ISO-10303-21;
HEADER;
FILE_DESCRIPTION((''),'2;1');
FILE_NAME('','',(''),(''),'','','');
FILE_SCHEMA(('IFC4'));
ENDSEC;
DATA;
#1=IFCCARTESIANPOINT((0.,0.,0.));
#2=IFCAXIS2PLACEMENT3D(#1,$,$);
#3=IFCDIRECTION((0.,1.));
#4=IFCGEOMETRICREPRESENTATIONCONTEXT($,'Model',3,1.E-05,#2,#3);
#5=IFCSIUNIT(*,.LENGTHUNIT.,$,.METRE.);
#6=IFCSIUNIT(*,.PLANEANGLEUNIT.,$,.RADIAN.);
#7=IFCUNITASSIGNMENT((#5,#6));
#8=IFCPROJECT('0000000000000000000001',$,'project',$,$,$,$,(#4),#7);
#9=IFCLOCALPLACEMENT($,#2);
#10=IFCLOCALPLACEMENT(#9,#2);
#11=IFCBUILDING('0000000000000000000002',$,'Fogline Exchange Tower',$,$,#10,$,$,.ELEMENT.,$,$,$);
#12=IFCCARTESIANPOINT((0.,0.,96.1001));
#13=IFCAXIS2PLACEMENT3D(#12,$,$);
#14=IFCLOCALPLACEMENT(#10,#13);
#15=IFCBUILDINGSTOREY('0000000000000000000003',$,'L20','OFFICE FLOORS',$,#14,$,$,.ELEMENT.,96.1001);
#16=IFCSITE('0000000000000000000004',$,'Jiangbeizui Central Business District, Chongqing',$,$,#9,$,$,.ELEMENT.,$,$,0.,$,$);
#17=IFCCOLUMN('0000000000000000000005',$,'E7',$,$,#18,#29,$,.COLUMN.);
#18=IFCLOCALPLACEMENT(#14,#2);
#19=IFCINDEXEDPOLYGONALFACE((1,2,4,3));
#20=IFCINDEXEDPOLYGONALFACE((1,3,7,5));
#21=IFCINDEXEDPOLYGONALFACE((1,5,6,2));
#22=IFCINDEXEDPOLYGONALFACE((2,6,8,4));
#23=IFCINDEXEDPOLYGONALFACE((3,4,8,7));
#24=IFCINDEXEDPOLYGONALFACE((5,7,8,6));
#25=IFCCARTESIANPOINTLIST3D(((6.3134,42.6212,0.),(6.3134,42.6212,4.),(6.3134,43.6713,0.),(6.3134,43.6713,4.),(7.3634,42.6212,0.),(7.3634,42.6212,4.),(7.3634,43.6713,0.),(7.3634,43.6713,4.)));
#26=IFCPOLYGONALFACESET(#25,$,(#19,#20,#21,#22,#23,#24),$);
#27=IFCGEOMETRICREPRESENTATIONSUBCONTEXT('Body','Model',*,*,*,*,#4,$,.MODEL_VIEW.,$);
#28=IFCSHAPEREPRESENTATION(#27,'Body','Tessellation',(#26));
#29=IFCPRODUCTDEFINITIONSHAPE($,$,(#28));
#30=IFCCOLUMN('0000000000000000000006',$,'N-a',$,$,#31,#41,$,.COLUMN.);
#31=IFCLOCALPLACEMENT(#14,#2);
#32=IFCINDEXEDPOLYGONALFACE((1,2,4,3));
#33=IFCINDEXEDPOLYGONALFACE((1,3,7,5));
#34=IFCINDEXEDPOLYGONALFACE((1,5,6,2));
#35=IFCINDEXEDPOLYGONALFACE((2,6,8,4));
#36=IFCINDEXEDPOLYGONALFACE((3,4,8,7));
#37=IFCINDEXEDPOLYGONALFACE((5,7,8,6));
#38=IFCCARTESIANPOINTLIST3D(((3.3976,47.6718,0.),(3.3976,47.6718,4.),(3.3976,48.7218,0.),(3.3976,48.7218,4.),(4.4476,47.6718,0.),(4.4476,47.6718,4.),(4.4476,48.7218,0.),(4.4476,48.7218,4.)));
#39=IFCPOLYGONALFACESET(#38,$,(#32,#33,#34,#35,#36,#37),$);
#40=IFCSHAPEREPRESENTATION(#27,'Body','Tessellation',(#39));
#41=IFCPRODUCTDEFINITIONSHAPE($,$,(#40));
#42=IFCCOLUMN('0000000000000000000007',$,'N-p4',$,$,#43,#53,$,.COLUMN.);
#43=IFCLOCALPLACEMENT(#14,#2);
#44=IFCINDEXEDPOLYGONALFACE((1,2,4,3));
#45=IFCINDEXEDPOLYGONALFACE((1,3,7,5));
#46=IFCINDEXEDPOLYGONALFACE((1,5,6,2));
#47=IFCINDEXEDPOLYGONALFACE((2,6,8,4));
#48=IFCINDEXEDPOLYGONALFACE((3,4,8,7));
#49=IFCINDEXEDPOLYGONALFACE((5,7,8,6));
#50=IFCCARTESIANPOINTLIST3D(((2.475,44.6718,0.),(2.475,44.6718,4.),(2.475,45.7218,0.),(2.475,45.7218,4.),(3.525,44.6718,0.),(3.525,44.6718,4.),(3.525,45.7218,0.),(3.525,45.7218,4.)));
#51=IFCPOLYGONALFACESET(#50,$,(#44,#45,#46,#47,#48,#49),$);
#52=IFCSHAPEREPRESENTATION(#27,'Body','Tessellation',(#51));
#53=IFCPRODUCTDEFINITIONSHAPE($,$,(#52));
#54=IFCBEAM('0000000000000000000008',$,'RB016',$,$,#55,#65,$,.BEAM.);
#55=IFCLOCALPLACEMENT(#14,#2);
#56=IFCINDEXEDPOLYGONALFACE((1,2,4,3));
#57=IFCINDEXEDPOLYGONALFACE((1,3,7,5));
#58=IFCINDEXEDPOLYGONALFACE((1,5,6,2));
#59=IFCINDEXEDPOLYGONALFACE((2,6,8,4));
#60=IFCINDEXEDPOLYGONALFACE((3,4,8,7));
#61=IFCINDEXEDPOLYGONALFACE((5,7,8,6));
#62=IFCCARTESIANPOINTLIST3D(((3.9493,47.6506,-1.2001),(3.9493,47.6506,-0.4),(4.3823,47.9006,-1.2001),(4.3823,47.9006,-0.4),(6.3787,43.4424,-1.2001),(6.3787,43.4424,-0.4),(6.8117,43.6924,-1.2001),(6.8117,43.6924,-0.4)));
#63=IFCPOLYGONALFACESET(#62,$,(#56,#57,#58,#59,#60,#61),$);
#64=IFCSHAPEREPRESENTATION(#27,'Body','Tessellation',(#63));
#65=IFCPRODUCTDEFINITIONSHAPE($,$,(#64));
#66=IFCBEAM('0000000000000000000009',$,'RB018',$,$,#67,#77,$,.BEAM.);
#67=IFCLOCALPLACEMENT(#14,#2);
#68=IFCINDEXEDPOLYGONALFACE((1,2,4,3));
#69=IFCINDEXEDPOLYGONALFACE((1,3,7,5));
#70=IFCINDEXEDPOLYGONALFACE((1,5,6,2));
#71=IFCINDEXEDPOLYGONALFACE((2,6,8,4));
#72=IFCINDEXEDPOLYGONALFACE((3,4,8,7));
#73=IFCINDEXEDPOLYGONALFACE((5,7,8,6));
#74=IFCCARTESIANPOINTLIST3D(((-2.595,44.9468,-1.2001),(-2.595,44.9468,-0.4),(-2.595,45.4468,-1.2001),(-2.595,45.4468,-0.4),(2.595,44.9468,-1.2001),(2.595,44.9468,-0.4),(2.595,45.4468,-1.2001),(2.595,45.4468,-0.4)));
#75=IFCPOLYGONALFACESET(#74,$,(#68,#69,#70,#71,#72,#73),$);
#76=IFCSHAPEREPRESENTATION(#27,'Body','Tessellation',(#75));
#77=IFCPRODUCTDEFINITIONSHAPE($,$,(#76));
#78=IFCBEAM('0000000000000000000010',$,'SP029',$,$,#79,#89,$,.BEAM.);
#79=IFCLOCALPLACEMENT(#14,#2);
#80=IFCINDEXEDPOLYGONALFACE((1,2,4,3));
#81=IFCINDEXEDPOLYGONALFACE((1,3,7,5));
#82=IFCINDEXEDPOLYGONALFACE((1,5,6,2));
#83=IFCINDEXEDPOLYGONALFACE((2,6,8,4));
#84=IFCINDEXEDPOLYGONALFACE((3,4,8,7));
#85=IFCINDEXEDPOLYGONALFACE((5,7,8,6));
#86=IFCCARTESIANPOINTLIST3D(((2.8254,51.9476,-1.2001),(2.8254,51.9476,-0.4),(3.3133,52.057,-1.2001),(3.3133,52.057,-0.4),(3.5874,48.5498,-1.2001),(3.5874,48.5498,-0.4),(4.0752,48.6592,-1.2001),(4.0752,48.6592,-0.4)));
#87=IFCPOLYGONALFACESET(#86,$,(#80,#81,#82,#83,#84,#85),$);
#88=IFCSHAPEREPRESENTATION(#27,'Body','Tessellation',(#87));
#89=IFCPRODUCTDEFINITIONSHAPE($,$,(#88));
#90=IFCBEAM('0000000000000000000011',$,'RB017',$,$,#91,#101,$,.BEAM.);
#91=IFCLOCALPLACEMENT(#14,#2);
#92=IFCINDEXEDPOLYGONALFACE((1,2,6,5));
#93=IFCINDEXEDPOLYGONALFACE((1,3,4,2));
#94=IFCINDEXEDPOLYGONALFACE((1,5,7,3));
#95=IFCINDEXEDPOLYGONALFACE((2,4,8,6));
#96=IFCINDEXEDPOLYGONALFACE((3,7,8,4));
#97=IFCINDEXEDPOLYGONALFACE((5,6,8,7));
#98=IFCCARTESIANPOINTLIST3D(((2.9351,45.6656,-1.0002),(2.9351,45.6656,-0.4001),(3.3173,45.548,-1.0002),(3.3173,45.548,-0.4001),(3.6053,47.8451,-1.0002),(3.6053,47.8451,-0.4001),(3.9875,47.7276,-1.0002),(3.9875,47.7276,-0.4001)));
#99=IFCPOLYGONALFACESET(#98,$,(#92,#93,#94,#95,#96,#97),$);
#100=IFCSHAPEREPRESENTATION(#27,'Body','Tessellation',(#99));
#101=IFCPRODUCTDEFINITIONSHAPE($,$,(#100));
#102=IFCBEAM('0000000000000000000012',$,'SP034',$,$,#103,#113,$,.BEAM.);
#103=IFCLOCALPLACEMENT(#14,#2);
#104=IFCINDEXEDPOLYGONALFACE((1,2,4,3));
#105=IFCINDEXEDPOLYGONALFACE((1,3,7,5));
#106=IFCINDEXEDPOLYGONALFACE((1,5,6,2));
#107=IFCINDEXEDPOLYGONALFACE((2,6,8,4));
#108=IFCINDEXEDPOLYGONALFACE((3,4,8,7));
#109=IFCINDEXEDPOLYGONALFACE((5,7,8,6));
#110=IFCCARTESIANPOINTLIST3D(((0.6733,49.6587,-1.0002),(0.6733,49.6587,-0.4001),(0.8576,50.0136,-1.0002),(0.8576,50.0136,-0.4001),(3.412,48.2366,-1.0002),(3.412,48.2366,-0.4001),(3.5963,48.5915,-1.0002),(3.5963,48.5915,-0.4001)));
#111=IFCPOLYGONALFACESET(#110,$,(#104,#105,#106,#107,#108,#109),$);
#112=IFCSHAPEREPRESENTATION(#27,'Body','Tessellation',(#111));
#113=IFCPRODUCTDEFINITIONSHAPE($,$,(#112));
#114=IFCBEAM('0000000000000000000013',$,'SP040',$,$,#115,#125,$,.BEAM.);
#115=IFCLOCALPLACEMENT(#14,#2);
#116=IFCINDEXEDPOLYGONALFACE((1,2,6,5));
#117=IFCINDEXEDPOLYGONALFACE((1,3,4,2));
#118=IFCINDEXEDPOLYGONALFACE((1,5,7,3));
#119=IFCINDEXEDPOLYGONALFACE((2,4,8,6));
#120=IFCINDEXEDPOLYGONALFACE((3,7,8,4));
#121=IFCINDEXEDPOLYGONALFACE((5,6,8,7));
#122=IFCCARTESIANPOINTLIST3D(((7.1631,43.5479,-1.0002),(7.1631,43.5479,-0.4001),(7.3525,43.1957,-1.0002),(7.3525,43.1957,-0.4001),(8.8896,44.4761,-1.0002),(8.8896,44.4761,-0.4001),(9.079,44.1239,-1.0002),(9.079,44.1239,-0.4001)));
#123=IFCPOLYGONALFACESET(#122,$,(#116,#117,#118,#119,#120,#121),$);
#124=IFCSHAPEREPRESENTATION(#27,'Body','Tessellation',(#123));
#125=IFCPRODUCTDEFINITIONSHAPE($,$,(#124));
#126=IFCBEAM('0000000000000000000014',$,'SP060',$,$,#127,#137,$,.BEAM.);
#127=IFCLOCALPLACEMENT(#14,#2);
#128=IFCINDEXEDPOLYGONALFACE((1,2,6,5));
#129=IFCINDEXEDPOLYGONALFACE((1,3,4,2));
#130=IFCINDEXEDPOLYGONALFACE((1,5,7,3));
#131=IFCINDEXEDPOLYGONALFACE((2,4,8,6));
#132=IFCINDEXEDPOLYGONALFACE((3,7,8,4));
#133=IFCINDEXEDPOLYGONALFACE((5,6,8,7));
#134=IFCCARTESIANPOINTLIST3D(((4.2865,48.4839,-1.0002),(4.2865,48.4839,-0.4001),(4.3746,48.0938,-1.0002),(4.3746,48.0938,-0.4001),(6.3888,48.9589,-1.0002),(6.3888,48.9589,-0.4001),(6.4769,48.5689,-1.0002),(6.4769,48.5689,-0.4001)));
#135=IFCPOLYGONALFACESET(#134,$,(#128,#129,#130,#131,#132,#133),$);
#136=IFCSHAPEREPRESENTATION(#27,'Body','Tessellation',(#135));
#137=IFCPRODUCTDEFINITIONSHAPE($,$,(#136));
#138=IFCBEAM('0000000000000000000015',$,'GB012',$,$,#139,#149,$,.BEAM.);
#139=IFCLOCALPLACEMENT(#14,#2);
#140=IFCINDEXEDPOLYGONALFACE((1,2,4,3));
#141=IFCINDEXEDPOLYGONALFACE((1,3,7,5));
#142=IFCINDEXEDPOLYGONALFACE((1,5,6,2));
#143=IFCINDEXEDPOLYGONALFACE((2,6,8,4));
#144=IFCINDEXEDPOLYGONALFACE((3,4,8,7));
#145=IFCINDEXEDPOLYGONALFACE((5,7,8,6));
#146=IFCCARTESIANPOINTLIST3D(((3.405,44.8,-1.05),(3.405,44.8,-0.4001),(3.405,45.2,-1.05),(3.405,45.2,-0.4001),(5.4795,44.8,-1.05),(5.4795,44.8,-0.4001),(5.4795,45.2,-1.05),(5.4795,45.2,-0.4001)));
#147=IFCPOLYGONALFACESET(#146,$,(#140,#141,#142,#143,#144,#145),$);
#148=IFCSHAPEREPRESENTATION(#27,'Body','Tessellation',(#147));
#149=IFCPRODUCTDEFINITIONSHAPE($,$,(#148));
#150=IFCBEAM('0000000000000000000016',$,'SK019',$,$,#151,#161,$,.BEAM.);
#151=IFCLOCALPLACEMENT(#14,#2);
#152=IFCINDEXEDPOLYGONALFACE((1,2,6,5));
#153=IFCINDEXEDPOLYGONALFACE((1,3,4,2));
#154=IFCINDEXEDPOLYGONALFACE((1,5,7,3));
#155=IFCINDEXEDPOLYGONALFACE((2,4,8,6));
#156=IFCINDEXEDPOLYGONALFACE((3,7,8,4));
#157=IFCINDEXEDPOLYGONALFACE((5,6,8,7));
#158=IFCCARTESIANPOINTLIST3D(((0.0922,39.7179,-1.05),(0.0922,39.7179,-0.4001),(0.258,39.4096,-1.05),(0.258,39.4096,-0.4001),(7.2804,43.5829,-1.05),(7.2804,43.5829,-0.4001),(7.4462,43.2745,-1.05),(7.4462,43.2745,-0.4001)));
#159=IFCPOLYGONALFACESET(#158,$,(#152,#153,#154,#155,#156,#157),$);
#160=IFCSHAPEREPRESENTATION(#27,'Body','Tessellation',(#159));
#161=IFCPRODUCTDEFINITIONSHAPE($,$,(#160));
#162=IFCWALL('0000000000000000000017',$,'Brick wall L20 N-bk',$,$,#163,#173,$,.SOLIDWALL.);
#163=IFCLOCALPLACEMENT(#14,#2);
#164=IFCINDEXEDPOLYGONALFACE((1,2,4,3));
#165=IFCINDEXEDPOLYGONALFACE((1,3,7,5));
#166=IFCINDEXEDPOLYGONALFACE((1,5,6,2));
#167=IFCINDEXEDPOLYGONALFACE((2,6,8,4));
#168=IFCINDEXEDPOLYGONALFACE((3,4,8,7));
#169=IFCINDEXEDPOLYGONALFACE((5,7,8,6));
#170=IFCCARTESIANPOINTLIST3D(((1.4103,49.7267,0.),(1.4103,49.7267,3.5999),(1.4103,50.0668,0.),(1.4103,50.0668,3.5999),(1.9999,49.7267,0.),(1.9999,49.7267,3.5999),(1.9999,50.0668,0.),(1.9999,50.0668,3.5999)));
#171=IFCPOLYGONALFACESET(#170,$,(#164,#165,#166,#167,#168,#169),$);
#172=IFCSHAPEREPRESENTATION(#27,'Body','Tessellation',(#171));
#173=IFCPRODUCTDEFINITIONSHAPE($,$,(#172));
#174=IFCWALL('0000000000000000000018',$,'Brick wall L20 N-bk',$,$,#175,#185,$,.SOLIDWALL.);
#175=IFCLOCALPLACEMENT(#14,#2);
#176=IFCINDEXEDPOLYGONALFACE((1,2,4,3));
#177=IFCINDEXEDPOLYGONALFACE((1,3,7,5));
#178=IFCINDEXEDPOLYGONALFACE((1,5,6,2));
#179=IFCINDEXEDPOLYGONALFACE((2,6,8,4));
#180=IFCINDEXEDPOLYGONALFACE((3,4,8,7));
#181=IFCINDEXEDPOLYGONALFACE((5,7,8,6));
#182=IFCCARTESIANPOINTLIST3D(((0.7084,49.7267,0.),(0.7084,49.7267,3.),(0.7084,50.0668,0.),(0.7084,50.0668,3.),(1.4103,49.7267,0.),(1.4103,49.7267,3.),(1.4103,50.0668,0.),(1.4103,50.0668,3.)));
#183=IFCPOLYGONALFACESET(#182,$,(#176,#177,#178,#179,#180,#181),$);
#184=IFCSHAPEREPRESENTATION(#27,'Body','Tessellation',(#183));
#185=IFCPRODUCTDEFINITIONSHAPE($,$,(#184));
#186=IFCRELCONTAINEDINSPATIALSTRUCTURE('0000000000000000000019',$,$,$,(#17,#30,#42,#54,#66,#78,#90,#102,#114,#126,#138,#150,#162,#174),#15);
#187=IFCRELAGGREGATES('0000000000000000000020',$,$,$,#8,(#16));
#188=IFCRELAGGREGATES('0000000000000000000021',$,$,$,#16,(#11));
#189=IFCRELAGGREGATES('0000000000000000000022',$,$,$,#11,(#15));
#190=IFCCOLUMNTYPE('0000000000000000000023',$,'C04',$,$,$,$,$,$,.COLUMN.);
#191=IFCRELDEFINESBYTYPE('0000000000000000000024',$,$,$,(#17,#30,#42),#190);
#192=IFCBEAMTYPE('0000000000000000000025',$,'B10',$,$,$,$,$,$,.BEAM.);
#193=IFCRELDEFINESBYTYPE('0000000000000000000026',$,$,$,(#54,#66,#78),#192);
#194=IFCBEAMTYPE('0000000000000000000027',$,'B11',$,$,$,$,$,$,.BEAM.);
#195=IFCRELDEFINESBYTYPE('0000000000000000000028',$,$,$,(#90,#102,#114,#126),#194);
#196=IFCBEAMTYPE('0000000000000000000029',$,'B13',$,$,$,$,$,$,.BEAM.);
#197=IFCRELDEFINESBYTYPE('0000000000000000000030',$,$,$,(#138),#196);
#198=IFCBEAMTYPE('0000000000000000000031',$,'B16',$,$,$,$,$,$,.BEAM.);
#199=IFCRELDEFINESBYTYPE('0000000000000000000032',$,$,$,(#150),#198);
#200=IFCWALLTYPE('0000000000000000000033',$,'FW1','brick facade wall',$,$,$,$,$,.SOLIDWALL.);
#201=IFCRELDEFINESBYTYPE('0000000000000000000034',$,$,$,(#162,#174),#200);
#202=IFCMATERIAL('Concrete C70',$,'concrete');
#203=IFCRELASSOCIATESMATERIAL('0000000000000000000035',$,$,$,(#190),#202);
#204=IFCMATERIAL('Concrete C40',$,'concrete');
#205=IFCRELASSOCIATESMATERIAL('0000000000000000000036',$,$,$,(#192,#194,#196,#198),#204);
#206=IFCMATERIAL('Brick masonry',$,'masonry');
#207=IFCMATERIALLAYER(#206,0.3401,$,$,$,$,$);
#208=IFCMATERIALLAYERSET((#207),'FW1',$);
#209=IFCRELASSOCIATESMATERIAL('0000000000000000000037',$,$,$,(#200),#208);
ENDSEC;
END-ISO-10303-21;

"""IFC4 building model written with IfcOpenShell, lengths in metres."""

from ifc_helpers import new_model, si_unit, direction, frame, frame_2d, origin, origin_2d, place, context, subcontext, project, spatial, rectangle, extrude, material, layer, layer_set, material_profile, profile_set, type_object, element, save


model = new_model("IFC4")

# Units and contexts
model_context = context("Model", 3, precision=1e-05, world=origin(), true_north=direction((0.0, 1.0)))
body_context = subcontext(model_context, "Body", "Model", "MODEL_VIEW")
ifc_project = project(units=[si_unit("LENGTHUNIT", "METRE"), si_unit("PLANEANGLEUNIT", "RADIAN")], contexts=[model_context])

# Site, building, storey
site_placement = place(None, origin())
site = spatial("IfcSite", under=ifc_project, at=site_placement, Name="Jiangbeizui Central Business District, Chongqing", CompositionType="ELEMENT", RefElevation=0.0)
building_placement = place(site_placement, origin())
building = spatial("IfcBuilding", under=site, at=building_placement, Name="Fogline Exchange Tower", CompositionType="ELEMENT")
storey_placement = place(building_placement, frame((0.0, 0.0, 96.1001)))
storey = spatial("IfcBuildingStorey", under=building, at=storey_placement, Name="L20", Description="OFFICE FLOORS", CompositionType="ELEMENT", Elevation=96.1001)

# Columns
ifc_material_1 = material(Name="Concrete C70", Category="concrete")
ifc_material_profile_1 = material_profile(ifc_material_1, rectangle(XDim=1.05, YDim=1.05, at=origin_2d()), Name="RC 1050x1050")
ifc_profile_set_1 = profile_set([ifc_material_profile_1], Name="Concrete C70")
column_type = type_object("IfcColumnType", Name="C04", PredefinedType="COLUMN", material=ifc_profile_set_1)
for number, where, z_axis, x_axis, name in (
    (1, (6.8384, 43.1462, 0.0), (0.0, 0.0, 1.0), (1.0, 0.0, 0.0), "E7"),
    (2, (3.9226, 48.1968, 0.0), (0.0, 0.0, 1.0), (1.0, 0.0, 0.0), "N-a"),
    (3, (3.0, 45.1968, 0.0), (0.0, 0.0, 1.0), (1.0, 0.0, 0.0), "N-p4"),
):
    element("IfcColumn", number, at=place(storey_placement, frame(where, z_axis=z_axis, x_axis=x_axis)), inside=storey, type_object=column_type, Name=name, PredefinedType="COLUMN", context=body_context, shape_type="SweptSolid", body=[
        extrude(rectangle(XDim=1.05, YDim=1.05, at=origin_2d()), origin(), (0.0, 0.0, 1.0), 4.0),
    ])

# Beams
ifc_material_2 = material(Name="Concrete C40", Category="concrete")
ifc_material_profile_2 = material_profile(ifc_material_2, rectangle(XDim=0.5, YDim=0.8, at=origin_2d()), Name="RC 500x800")
ifc_profile_set_2 = profile_set([ifc_material_profile_2], Name="Concrete C40")
beam_type_1 = type_object("IfcBeamType", Name="B10", PredefinedType="BEAM", material=ifc_profile_set_2)
beam_1_placement = place(storey_placement, frame((6.5952, 43.5674, -0.8), z_axis=(-0.49997, 0.866043, 0.0), x_axis=(-0.866043, -0.49997, 0.0)))
element("IfcBeam", 4, at=beam_1_placement, inside=storey, type_object=beam_type_1, Name="RB016", PredefinedType="BEAM", context=body_context, shape_type="SweptSolid", body=[
    extrude(rectangle(XDim=0.5, YDim=0.8, at=origin_2d()), origin(), (0.0, 0.0, 1.0), 4.8591),
])
beam_2_placement = place(storey_placement, frame((2.595, 45.1968, -0.8), z_axis=(-1.0, 0.0, 0.0), x_axis=(0.0, -1.0, 0.0)))
element("IfcBeam", 5, at=beam_2_placement, inside=storey, type_object=beam_type_1, Name="RB018", PredefinedType="BEAM", context=body_context, shape_type="SweptSolid", body=[
    extrude(rectangle(XDim=0.5, YDim=0.8, at=origin_2d()), origin(), (0.0, 0.0, 1.0), 5.1899),
])
beam_3_placement = place(storey_placement, frame((3.8313, 48.6045, -0.8), z_axis=(-0.218823, 0.975765, 0.0), x_axis=(-0.975765, -0.218823, 0.0)))
element("IfcBeam", 6, at=beam_3_placement, inside=storey, type_object=beam_type_1, Name="SP029", PredefinedType="BEAM", context=body_context, shape_type="SweptSolid", body=[
    extrude(rectangle(XDim=0.5, YDim=0.8, at=origin_2d()), origin(), (0.0, 0.0, 1.0), 3.4822),
])
ifc_material_profile_3 = material_profile(ifc_material_2, rectangle(XDim=0.3999, YDim=0.6001, at=origin_2d()), Name="RC 400x600")
ifc_profile_set_3 = profile_set([ifc_material_profile_3], Name="Concrete C40")
beam_type_2 = type_object("IfcBeamType", Name="B11", PredefinedType="BEAM", material=ifc_profile_set_3)
beam_4_placement = place(storey_placement, frame((3.7964, 47.7864, -0.7002), z_axis=(-0.293913, -0.955832, 0.0), x_axis=(0.955832, -0.293913, 0.0)))
element("IfcBeam", 7, at=beam_4_placement, inside=storey, type_object=beam_type_2, Name="RB017", PredefinedType="BEAM", context=body_context, shape_type="SweptSolid", body=[
    extrude(rectangle(XDim=0.3999, YDim=0.6001, at=origin_2d()), origin(), (0.0, 0.0, 1.0), 2.2803),
])
beam_5_placement = place(storey_placement, frame((3.5042, 48.4141, -0.7002), z_axis=(-0.887487, 0.460832, 0.0), x_axis=(-0.460832, -0.887487, 0.0)))
element("IfcBeam", 8, at=beam_5_placement, inside=storey, type_object=beam_type_2, Name="SP034", PredefinedType="BEAM", context=body_context, shape_type="SweptSolid", body=[
    extrude(rectangle(XDim=0.3999, YDim=0.6001, at=origin_2d()), origin(), (0.0, 0.0, 1.0), 3.0859),
])
beam_6_placement = place(storey_placement, frame((7.2578, 43.3718, -0.7002), z_axis=(0.880783, 0.47352, 0.0), x_axis=(-0.47352, 0.880783, 0.0)))
element("IfcBeam", 9, at=beam_6_placement, inside=storey, type_object=beam_type_2, Name="SP040", PredefinedType="BEAM", context=body_context, shape_type="SweptSolid", body=[
    extrude(rectangle(XDim=0.3999, YDim=0.6001, at=origin_2d()), origin(), (0.0, 0.0, 1.0), 1.9602),
])
beam_7_placement = place(storey_placement, frame((4.3306, 48.2888, -0.7002), z_axis=(0.975403, 0.220431, 0.0), x_axis=(-0.220431, 0.975403, 0.0)))
element("IfcBeam", 10, at=beam_7_placement, inside=storey, type_object=beam_type_2, Name="SP060", PredefinedType="BEAM", context=body_context, shape_type="SweptSolid", body=[
    extrude(rectangle(XDim=0.3999, YDim=0.6001, at=origin_2d()), origin(), (0.0, 0.0, 1.0), 2.1553),
])
ifc_material_profile_4 = material_profile(ifc_material_2, rectangle(XDim=0.3999, YDim=0.6499, at=origin_2d()), Name="RC 400x650")
ifc_profile_set_4 = profile_set([ifc_material_profile_4], Name="Concrete C40")
beam_type_3 = type_object("IfcBeamType", Name="B13", PredefinedType="BEAM", material=ifc_profile_set_4)
beam_8_placement = place(storey_placement, frame((3.405, 45.0, -0.7251), z_axis=(1.0, 0.0, 0.0), x_axis=(0.0, 1.0, 0.0)))
element("IfcBeam", 11, at=beam_8_placement, inside=storey, type_object=beam_type_3, Name="GB012", PredefinedType="BEAM", context=body_context, shape_type="SweptSolid", body=[
    extrude(rectangle(XDim=0.3999, YDim=0.6499, at=origin_2d()), origin(), (0.0, 0.0, 1.0), 2.0745),
])
ifc_material_profile_5 = material_profile(ifc_material_2, rectangle(XDim=0.3501, YDim=0.6499, at=origin_2d()), Name="RC 350x650")
ifc_profile_set_5 = profile_set([ifc_material_profile_5], Name="Concrete C40")
beam_type_4 = type_object("IfcBeamType", Name="B16", PredefinedType="BEAM", material=ifc_profile_set_5)
beam_9_placement = place(storey_placement, frame((7.3633, 43.4287, -0.7251), z_axis=(-0.880757, -0.473568, 0.0), x_axis=(0.473568, -0.880757, 0.0)))
element("IfcBeam", 12, at=beam_9_placement, inside=storey, type_object=beam_type_4, Name="SK019", PredefinedType="BEAM", context=body_context, shape_type="SweptSolid", body=[
    extrude(rectangle(XDim=0.3501, YDim=0.6499, at=origin_2d()), origin(), (0.0, 0.0, 1.0), 8.1614),
])

# Walls
ifc_material_3 = material(Name="Brick masonry", Category="masonry")
ifc_layer_1 = layer(ifc_material_3, 0.3401)
ifc_layer_set_1 = layer_set([ifc_layer_1], Name="FW1")
wall_type_1 = type_object("IfcWallType", Name="FW1", Description="brick facade wall", PredefinedType="SOLIDWALL", material=ifc_layer_set_1)
wall_1_placement = place(storey_placement, frame((2.0, 49.8967, 0.0), z_axis=(0.0, 0.0, 1.0), x_axis=(-1.0, 0.0, 0.0)))
element("IfcWall", 13, at=wall_1_placement, inside=storey, type_object=wall_type_1, Name="Brick wall L20 N-bk", PredefinedType="SOLIDWALL", context=body_context, shape_type="SweptSolid", body=[
    extrude(rectangle(XDim=0.5896, YDim=0.3401, at=frame_2d((0.2949, 0.0))), origin(), (0.0, 0.0, 1.0), 3.5999),
])
wall_2_placement = place(storey_placement, frame((1.4104, 49.8967, 0.0), z_axis=(0.0, 0.0, 1.0), x_axis=(-1.0, 0.0, 0.0)))
element("IfcWall", 14, at=wall_2_placement, inside=storey, type_object=wall_type_1, Name="Brick wall L20 N-bk", PredefinedType="SOLIDWALL", context=body_context, shape_type="SweptSolid", body=[
    extrude(rectangle(XDim=0.7019, YDim=0.3401, at=frame_2d((0.3511, 0.0))), origin(), (0.0, 0.0, 1.0), 3.0),
])

save(model, "model.ifc")
